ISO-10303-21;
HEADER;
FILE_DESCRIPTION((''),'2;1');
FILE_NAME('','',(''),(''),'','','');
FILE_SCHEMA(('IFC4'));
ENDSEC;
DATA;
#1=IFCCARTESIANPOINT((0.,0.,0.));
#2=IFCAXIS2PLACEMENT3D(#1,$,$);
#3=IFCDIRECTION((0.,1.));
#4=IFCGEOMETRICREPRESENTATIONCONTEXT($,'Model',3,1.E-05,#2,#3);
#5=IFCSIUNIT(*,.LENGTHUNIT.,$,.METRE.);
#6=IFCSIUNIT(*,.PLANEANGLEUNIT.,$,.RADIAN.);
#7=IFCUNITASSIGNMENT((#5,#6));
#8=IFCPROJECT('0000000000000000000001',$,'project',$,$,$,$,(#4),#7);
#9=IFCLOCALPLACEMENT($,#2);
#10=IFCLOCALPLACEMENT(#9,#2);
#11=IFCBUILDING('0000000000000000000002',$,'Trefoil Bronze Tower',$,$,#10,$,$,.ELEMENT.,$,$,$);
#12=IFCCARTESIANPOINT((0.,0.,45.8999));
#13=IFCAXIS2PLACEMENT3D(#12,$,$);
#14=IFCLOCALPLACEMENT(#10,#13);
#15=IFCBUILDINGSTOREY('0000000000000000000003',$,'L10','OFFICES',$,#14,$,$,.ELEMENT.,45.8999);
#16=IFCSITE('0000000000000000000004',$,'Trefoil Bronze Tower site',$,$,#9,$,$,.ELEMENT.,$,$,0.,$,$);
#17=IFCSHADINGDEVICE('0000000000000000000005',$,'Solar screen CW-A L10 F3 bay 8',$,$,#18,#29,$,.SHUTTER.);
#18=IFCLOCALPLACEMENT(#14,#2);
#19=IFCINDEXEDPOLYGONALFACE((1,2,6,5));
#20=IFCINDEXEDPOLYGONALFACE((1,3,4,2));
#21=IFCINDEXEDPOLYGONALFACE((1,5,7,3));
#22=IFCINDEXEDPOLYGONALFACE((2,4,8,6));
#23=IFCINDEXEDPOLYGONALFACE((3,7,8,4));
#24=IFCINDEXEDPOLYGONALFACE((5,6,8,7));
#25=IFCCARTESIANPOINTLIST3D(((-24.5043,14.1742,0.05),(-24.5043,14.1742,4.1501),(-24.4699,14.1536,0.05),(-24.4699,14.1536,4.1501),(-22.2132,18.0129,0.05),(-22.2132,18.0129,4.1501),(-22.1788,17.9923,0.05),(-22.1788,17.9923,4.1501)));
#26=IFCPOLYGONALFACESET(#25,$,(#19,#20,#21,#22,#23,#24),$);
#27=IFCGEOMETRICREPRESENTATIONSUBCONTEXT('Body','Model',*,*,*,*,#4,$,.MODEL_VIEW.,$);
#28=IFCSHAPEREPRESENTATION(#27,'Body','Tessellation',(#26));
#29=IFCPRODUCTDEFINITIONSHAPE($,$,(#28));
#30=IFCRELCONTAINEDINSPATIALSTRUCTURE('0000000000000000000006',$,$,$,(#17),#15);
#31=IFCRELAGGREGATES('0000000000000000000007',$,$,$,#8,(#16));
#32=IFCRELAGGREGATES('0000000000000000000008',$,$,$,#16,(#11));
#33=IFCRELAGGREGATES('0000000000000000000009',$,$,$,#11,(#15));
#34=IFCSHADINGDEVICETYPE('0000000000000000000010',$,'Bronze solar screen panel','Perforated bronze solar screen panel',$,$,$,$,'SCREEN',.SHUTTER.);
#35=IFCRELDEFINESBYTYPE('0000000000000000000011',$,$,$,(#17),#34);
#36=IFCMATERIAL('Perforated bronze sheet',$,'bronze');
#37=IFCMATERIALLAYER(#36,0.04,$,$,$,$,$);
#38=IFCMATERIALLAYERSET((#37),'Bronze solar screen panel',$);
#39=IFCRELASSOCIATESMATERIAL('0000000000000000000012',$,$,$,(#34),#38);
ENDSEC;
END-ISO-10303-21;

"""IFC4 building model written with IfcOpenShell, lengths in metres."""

from ifc_helpers import new_model, si_unit, direction, frame, origin, origin_2d, place, context, subcontext, project, spatial, rectangle, extrude, material, layer, layer_set, type_object, element, save


model = new_model("IFC4")

# Units and contexts
model_context = context("Model", 3, precision=1e-05, world=origin(), true_north=direction((0.0, 1.0)))
body_context = subcontext(model_context, "Body", "Model", "MODEL_VIEW")
ifc_project = project(units=[si_unit("LENGTHUNIT", "METRE"), si_unit("PLANEANGLEUNIT", "RADIAN")], contexts=[model_context])

# Site, building, storey
site_placement = place(None, origin())
site = spatial("IfcSite", under=ifc_project, at=site_placement, Name="Trefoil Bronze Tower site", CompositionType="ELEMENT", RefElevation=0.0)
building_placement = place(site_placement, origin())
building = spatial("IfcBuilding", under=site, at=building_placement, Name="Trefoil Bronze Tower", CompositionType="ELEMENT")
storey_placement = place(building_placement, frame((0.0, 0.0, 45.8999)))
storey = spatial("IfcBuildingStorey", under=building, at=storey_placement, Name="L10", Description="OFFICES", CompositionType="ELEMENT", Elevation=45.8999)

# Shading device
ifc_material_1 = material(Name="Perforated bronze sheet", Category="bronze")
ifc_layer_1 = layer(ifc_material_1, 0.04)
ifc_layer_set_1 = layer_set([ifc_layer_1], Name="Bronze solar screen panel")
shading_device_type = type_object("IfcShadingDeviceType", Name="Bronze solar screen panel", Description="Perforated bronze solar screen panel", ElementType="SCREEN", PredefinedType="SHUTTER", material=ifc_layer_set_1)
shading_device_1_placement = place(storey_placement, frame((-23.3416, 16.0833, 0.05), z_axis=(0.0, 0.0, 1.0), x_axis=(-0.512513, -0.85868, 0.0)))
element("IfcShadingDevice", 1, at=shading_device_1_placement, inside=storey, type_object=shading_device_type, Name="Solar screen CW-A L10 F3 bay 8", PredefinedType="SHUTTER", context=body_context, shape_type="SweptSolid", body=[
    extrude(rectangle(XDim=4.4705, YDim=0.04, at=origin_2d()), origin(), (0.0, 0.0, 1.0), 4.1001),
])

save(model, "model.ifc")
